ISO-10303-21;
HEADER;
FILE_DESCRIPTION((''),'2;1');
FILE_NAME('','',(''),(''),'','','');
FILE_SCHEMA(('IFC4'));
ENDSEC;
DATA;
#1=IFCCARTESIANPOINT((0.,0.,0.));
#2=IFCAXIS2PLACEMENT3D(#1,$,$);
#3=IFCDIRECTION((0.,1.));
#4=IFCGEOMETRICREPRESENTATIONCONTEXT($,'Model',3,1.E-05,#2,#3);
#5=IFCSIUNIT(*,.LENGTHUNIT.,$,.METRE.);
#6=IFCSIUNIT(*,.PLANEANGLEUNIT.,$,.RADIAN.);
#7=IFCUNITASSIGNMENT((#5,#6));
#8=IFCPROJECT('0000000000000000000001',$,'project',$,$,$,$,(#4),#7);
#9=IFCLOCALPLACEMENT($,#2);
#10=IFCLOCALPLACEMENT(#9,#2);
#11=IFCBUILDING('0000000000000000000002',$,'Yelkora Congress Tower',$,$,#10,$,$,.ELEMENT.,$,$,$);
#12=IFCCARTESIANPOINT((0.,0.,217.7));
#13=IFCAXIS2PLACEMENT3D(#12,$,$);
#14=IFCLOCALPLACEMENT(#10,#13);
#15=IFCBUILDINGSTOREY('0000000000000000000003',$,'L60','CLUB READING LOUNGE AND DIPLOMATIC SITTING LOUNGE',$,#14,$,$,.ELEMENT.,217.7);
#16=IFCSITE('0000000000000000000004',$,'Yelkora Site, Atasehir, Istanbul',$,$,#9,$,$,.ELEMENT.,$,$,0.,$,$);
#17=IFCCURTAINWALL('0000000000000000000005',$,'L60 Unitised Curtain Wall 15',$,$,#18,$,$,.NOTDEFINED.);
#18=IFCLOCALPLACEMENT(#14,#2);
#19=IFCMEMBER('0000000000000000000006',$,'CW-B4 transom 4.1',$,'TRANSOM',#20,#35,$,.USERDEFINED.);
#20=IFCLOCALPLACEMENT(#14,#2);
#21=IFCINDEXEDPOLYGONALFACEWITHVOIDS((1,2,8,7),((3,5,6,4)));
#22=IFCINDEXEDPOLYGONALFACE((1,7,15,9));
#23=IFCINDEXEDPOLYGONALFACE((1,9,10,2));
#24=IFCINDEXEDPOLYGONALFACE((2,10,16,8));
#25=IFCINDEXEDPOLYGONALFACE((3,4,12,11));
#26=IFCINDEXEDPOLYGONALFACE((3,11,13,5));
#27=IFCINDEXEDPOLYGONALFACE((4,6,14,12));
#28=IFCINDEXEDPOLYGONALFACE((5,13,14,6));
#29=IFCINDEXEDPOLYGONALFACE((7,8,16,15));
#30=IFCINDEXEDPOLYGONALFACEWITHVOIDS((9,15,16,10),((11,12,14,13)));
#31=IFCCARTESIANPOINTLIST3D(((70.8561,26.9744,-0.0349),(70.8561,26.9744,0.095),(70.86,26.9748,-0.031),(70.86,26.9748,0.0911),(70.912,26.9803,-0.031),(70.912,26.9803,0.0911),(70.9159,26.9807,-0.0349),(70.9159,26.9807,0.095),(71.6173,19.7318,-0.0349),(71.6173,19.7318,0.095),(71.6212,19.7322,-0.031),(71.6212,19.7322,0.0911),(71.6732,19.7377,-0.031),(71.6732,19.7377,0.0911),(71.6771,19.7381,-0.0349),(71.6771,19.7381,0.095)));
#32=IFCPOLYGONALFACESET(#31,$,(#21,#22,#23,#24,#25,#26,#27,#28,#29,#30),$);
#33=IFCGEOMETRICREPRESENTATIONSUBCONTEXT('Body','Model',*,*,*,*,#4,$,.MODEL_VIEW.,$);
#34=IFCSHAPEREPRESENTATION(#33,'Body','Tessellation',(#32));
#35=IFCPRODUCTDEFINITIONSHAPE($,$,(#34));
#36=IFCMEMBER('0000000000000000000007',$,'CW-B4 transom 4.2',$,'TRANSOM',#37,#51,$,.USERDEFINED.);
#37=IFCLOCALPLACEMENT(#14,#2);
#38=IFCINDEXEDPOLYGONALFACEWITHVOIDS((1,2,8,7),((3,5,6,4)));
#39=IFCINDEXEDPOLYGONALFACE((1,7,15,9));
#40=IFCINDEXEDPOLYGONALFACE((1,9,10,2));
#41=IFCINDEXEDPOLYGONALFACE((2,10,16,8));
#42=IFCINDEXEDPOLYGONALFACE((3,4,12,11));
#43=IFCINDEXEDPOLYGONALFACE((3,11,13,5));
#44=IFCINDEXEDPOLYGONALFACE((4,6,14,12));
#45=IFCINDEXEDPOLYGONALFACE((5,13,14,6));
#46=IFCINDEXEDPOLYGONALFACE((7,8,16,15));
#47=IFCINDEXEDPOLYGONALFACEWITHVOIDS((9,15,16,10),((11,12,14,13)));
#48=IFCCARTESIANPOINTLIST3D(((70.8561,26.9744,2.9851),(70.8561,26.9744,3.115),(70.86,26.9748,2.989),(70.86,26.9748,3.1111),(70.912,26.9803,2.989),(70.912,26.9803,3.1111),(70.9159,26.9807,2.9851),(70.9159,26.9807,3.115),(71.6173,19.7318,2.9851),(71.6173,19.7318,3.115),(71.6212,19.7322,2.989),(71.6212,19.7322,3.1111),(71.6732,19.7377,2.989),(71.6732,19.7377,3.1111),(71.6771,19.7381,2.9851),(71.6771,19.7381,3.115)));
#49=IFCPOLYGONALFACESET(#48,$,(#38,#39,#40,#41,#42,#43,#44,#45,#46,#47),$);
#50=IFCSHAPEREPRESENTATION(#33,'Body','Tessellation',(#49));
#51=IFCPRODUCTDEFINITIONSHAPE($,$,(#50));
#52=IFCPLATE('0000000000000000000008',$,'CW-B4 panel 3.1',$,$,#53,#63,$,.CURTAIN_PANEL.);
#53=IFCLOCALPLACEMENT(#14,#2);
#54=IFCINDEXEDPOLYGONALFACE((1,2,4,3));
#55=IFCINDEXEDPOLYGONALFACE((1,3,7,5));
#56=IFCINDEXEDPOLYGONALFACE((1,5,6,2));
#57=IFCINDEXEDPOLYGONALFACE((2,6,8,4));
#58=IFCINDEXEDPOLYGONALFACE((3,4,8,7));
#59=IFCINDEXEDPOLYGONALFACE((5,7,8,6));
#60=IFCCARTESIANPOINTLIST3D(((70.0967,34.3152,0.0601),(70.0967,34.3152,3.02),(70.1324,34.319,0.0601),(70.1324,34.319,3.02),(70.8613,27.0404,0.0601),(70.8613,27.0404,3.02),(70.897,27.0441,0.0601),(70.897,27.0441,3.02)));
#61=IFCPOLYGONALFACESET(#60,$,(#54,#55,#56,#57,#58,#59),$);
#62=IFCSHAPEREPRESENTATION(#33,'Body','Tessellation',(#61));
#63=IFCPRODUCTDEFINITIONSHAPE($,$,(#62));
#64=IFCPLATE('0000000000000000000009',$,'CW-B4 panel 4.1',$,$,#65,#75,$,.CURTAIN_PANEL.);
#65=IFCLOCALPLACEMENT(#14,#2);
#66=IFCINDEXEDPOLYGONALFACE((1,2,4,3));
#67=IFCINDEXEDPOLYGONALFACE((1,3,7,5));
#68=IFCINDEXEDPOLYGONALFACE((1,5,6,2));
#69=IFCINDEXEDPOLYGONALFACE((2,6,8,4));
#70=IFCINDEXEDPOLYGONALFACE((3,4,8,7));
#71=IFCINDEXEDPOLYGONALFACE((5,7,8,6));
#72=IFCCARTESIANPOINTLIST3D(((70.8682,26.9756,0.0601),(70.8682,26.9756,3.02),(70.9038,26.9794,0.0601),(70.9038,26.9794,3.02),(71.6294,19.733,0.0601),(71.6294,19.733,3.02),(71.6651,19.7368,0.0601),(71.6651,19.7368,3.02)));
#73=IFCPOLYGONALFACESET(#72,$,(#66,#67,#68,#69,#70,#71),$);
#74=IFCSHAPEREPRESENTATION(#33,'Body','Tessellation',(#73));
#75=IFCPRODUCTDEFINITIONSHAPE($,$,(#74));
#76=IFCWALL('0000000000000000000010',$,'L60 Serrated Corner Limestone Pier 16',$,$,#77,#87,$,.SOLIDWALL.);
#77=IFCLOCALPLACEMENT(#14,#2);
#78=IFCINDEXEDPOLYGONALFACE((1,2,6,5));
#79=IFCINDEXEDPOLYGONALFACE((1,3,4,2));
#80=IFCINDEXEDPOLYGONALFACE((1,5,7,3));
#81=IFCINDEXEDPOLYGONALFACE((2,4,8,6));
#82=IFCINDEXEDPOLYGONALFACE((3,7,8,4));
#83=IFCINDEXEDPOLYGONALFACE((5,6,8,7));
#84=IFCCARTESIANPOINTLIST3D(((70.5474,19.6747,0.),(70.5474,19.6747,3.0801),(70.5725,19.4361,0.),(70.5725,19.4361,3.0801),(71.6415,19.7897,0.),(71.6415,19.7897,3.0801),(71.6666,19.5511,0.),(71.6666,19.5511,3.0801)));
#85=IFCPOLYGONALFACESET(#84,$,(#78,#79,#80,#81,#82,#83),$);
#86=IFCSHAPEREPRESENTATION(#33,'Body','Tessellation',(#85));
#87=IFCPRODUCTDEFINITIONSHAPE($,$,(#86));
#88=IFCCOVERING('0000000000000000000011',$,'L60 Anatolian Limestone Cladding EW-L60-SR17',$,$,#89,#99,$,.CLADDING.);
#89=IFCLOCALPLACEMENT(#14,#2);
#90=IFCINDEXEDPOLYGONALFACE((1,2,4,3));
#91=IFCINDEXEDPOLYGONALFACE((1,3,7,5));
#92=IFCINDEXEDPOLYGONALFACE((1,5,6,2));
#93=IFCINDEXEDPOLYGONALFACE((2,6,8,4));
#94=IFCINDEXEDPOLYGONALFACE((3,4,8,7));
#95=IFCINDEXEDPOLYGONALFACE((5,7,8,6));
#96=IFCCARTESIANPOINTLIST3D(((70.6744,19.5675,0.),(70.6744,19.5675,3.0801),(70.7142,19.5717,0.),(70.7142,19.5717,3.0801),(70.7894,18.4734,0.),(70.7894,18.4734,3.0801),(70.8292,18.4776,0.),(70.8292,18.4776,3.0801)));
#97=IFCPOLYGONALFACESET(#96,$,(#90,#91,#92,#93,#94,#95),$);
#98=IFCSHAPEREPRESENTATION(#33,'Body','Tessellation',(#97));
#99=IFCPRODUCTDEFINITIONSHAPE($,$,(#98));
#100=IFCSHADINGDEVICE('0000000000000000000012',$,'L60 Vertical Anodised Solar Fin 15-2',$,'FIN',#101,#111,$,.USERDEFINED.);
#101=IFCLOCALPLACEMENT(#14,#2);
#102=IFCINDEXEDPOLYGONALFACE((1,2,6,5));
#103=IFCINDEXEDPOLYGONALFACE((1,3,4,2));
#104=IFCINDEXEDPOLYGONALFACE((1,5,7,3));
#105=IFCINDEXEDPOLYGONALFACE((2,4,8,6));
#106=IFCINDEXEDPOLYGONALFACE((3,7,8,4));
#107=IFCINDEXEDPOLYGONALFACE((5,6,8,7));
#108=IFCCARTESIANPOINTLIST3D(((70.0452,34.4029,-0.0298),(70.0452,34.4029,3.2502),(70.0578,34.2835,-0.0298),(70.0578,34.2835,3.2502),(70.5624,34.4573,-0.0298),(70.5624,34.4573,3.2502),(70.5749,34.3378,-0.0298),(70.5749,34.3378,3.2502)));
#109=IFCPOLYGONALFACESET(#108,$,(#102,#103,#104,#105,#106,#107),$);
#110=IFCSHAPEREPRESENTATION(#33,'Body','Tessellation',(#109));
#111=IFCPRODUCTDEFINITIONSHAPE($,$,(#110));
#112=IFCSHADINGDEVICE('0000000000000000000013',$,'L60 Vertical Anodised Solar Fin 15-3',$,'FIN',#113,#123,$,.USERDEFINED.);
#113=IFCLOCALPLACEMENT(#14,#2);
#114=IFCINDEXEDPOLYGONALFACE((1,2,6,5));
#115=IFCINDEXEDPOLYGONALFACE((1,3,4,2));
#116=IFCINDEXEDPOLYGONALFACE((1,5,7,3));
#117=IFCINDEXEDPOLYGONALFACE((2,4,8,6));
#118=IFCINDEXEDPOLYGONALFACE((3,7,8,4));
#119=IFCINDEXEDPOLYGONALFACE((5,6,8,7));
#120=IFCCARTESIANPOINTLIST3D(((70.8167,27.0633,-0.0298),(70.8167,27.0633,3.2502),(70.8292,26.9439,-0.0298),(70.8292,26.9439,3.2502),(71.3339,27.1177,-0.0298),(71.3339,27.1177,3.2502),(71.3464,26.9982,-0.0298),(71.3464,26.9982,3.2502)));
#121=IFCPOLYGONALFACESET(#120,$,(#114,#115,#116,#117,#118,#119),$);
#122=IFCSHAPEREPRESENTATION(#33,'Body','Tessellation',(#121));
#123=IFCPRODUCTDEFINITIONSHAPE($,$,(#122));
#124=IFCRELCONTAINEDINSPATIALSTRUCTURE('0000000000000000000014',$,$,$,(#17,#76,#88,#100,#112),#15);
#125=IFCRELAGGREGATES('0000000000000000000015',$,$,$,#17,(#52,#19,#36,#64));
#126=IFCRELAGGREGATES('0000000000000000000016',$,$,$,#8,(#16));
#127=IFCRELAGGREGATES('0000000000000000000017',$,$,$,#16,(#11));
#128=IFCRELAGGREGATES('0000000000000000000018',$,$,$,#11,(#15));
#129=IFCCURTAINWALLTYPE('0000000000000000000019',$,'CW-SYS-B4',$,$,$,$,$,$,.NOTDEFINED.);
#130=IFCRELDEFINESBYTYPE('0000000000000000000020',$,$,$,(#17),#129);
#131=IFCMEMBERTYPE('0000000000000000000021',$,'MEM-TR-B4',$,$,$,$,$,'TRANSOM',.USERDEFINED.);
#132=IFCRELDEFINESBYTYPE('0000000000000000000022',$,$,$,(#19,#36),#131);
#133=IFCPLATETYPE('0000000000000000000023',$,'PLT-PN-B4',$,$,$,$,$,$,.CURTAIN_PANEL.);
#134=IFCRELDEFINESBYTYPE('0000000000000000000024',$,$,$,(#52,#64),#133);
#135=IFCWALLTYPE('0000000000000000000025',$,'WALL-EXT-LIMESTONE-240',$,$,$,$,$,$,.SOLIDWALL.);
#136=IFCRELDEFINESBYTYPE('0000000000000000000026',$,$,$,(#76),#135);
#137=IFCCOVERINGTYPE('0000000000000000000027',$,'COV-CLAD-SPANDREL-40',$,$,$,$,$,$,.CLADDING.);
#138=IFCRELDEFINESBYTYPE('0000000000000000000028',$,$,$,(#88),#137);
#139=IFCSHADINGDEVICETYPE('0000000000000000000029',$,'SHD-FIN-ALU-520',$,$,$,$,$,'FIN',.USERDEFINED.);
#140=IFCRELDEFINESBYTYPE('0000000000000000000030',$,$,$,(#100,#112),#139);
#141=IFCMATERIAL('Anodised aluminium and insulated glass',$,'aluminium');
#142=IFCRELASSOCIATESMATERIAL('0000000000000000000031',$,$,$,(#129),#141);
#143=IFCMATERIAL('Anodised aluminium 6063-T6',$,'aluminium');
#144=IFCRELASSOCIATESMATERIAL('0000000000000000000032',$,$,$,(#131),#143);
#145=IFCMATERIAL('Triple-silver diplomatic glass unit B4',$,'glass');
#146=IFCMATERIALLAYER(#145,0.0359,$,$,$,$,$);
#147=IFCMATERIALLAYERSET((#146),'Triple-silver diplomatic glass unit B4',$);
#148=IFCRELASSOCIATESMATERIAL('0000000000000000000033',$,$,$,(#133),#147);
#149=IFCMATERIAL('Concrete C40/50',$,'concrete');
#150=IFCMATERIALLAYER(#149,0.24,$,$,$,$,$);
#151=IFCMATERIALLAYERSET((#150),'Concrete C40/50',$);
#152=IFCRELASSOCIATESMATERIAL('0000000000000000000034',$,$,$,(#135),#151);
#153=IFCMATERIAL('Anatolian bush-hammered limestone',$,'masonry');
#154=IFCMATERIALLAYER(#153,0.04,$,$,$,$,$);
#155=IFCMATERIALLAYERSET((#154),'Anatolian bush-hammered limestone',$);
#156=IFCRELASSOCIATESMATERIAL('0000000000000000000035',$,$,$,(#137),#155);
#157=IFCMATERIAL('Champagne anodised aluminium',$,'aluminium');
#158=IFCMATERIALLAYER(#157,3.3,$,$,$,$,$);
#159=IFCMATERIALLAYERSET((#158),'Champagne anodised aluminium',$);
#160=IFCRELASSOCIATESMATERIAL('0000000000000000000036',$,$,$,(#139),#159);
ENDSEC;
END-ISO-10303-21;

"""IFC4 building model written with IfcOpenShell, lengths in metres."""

from ifc_helpers import new_model, si_unit, direction, frame, frame_2d, origin, origin_2d, place, context, subcontext, project, spatial, rectangle, hollow_rectangle, extrude, material, layer, layer_set, material_profile, profile_set, type_object, element, aggregate, save


model = new_model("IFC4")

# Units and contexts
model_context = context("Model", 3, precision=1e-05, world=origin(), true_north=direction((0.0, 1.0)))
body_context = subcontext(model_context, "Body", "Model", "MODEL_VIEW")
ifc_project = project(units=[si_unit("LENGTHUNIT", "METRE"), si_unit("PLANEANGLEUNIT", "RADIAN")], contexts=[model_context])

# Site, building, storey
site_placement = place(None, origin())
site = spatial("IfcSite", under=ifc_project, at=site_placement, Name="Yelkora Site, Atasehir, Istanbul", CompositionType="ELEMENT", RefElevation=0.0)
building_placement = place(site_placement, origin())
building = spatial("IfcBuilding", under=site, at=building_placement, Name="Yelkora Congress Tower", CompositionType="ELEMENT")
storey_placement = place(building_placement, frame((0.0, 0.0, 217.7)))
storey = spatial("IfcBuildingStorey", under=building, at=storey_placement, Name="L60", Description="CLUB READING LOUNGE AND DIPLOMATIC SITTING LOUNGE", CompositionType="ELEMENT", Elevation=217.7)

# Curtain wall, members, plates
ifc_material_1 = material(Name="Anodised aluminium and insulated glass", Category="aluminium")
curtain_wall_type = type_object("IfcCurtainWallType", Name="CW-SYS-B4", PredefinedType="NOTDEFINED", material=ifc_material_1)
curtain_wall_placement = place(storey_placement, origin())
curtain_wall = element("IfcCurtainWall", 1, at=curtain_wall_placement, inside=storey, type_object=curtain_wall_type, Name="L60 Unitised Curtain Wall 15", PredefinedType="NOTDEFINED")
ifc_material_2 = material(Name="Anodised aluminium 6063-T6", Category="aluminium")
ifc_material_profile_1 = material_profile(ifc_material_2, hollow_rectangle(XDim=0.0601, YDim=0.1299, WallThickness=0.0039, at=origin_2d()), Name="ALU 60x130x4")
ifc_profile_set_1 = profile_set([ifc_material_profile_1], Name="Anodised aluminium 6063-T6")
member_type_1 = type_object("IfcMemberType", Name="MEM-TR-B4", ElementType="TRANSOM", PredefinedType="USERDEFINED", material=ifc_profile_set_1)
member_1_placement = place(storey_placement, frame((70.886, 26.9775, 0.03), z_axis=(0.104528, -0.994522, 0.0), x_axis=(0.994522, 0.104528, 0.0)))
member_1 = element("IfcMember", 2, at=member_1_placement, type_object=member_type_1, Name="CW-B4 transom 4.1", ObjectType="TRANSOM", PredefinedType="USERDEFINED", context=body_context, shape_type="SweptSolid", body=[
    extrude(hollow_rectangle(XDim=0.0601, YDim=0.1299, WallThickness=0.0039, at=origin_2d()), origin(), (0.0, 0.0, 1.0), 7.2825),
])
member_2_placement = place(storey_placement, frame((70.886, 26.9775, 3.05), z_axis=(0.104528, -0.994522, 0.0), x_axis=(0.994522, 0.104528, 0.0)))
member_2 = element("IfcMember", 3, at=member_2_placement, type_object=member_type_1, Name="CW-B4 transom 4.2", ObjectType="TRANSOM", PredefinedType="USERDEFINED", context=body_context, shape_type="SweptSolid", body=[
    extrude(hollow_rectangle(XDim=0.0601, YDim=0.1299, WallThickness=0.0039, at=origin_2d()), origin(), (0.0, 0.0, 1.0), 7.2825),
])
ifc_material_3 = material(Name="Triple-silver diplomatic glass unit B4", Category="glass")
ifc_layer_1 = layer(ifc_material_3, 0.0359)
ifc_layer_set_1 = layer_set([ifc_layer_1], Name="Triple-silver diplomatic glass unit B4")
plate_type = type_object("IfcPlateType", Name="PLT-PN-B4", PredefinedType="CURTAIN_PANEL", material=ifc_layer_set_1)
plate_1_placement = place(storey_placement, frame((70.4968, 30.6797, 0.0601), z_axis=(0.0, 0.0, 1.0), x_axis=(0.104526, -0.994522, 0.0)))
plate_1 = element("IfcPlate", 4, at=plate_1_placement, type_object=plate_type, Name="CW-B4 panel 3.1", PredefinedType="CURTAIN_PANEL", context=body_context, shape_type="SweptSolid", body=[
    extrude(rectangle(XDim=7.3149, YDim=0.0359, at=origin_2d()), origin(), (0.0, 0.0, 1.0), 2.96),
])
plate_2_placement = place(storey_placement, frame((71.2666, 23.3562, 0.0601), z_axis=(0.0, 0.0, 1.0), x_axis=(0.104526, -0.994522, 0.0)))
plate_2 = element("IfcPlate", 5, at=plate_2_placement, type_object=plate_type, Name="CW-B4 panel 4.1", PredefinedType="CURTAIN_PANEL", context=body_context, shape_type="SweptSolid", body=[
    extrude(rectangle(XDim=7.2825, YDim=0.0359, at=origin_2d()), origin(), (0.0, 0.0, 1.0), 2.96),
])
aggregate(curtain_wall, [plate_1, member_1, member_2, plate_2])

# Wall
ifc_material_4 = material(Name="Concrete C40/50", Category="concrete")
ifc_layer_2 = layer(ifc_material_4, 0.24)
ifc_layer_set_2 = layer_set([ifc_layer_2], Name="Concrete C40/50")
wall_type = type_object("IfcWallType", Name="WALL-EXT-LIMESTONE-240", PredefinedType="SOLIDWALL", material=ifc_layer_set_2)
wall_placement = place(storey_placement, frame((71.6541, 19.6704, 0.0), z_axis=(0.0, 0.0, 1.0), x_axis=(-0.994521, -0.104535, 0.0)))
element("IfcWall", 6, at=wall_placement, inside=storey, type_object=wall_type, Name="L60 Serrated Corner Limestone Pier 16", PredefinedType="SOLIDWALL", context=body_context, shape_type="SweptSolid", body=[
    extrude(rectangle(XDim=1.1001, YDim=0.24, at=frame_2d((0.55, 0.0))), origin(), (0.0, 0.0, 1.0), 3.0801),
])

# Covering
ifc_material_5 = material(Name="Anatolian bush-hammered limestone", Category="masonry")
ifc_layer_3 = layer(ifc_material_5, 0.04)
ifc_layer_set_3 = layer_set([ifc_layer_3], Name="Anatolian bush-hammered limestone")
covering_type = type_object("IfcCoveringType", Name="COV-CLAD-SPANDREL-40", PredefinedType="CLADDING", material=ifc_layer_set_3)
covering_placement = place(storey_placement, frame((70.6943, 19.5696, 0.0), z_axis=(0.0, 0.0, 1.0), x_axis=(0.104535, -0.994521, 0.0)))
element("IfcCovering", 7, at=covering_placement, inside=storey, type_object=covering_type, Name="L60 Anatolian Limestone Cladding EW-L60-SR17", PredefinedType="CLADDING", context=body_context, shape_type="SweptSolid", body=[
    extrude(rectangle(XDim=1.1001, YDim=0.04, at=frame_2d((0.55, 0.0))), origin(), (0.0, 0.0, 1.0), 3.0801),
])

# Shading devices
ifc_material_6 = material(Name="Champagne anodised aluminium", Category="aluminium")
ifc_layer_4 = layer(ifc_material_6, 3.3)
ifc_layer_set_4 = layer_set([ifc_layer_4], Name="Champagne anodised aluminium")
shading_device_type = type_object("IfcShadingDeviceType", Name="SHD-FIN-ALU-520", ElementType="FIN", PredefinedType="USERDEFINED", material=ifc_layer_set_4)
for number, where, z_axis, x_axis, name in (
    (8, (70.3101, 34.3704, -0.0298), (0.0, 0.0, 1.0), (0.104528, -0.994522, 0.0), "L60 Vertical Anodised Solar Fin 15-2"),
    (9, (71.0815, 27.0308, -0.0298), (0.0, 0.0, 1.0), (0.104528, -0.994522, 0.0), "L60 Vertical Anodised Solar Fin 15-3"),
):
    element("IfcShadingDevice", number, at=place(storey_placement, frame(where, z_axis=z_axis, x_axis=x_axis)), inside=storey, type_object=shading_device_type, Name=name, ObjectType="FIN", PredefinedType="USERDEFINED", context=body_context, shape_type="SweptSolid", body=[
        extrude(rectangle(XDim=0.1201, YDim=0.52, at=origin_2d()), origin(), (0.0, 0.0, 1.0), 3.28),
    ])

save(model, "model.ifc")
